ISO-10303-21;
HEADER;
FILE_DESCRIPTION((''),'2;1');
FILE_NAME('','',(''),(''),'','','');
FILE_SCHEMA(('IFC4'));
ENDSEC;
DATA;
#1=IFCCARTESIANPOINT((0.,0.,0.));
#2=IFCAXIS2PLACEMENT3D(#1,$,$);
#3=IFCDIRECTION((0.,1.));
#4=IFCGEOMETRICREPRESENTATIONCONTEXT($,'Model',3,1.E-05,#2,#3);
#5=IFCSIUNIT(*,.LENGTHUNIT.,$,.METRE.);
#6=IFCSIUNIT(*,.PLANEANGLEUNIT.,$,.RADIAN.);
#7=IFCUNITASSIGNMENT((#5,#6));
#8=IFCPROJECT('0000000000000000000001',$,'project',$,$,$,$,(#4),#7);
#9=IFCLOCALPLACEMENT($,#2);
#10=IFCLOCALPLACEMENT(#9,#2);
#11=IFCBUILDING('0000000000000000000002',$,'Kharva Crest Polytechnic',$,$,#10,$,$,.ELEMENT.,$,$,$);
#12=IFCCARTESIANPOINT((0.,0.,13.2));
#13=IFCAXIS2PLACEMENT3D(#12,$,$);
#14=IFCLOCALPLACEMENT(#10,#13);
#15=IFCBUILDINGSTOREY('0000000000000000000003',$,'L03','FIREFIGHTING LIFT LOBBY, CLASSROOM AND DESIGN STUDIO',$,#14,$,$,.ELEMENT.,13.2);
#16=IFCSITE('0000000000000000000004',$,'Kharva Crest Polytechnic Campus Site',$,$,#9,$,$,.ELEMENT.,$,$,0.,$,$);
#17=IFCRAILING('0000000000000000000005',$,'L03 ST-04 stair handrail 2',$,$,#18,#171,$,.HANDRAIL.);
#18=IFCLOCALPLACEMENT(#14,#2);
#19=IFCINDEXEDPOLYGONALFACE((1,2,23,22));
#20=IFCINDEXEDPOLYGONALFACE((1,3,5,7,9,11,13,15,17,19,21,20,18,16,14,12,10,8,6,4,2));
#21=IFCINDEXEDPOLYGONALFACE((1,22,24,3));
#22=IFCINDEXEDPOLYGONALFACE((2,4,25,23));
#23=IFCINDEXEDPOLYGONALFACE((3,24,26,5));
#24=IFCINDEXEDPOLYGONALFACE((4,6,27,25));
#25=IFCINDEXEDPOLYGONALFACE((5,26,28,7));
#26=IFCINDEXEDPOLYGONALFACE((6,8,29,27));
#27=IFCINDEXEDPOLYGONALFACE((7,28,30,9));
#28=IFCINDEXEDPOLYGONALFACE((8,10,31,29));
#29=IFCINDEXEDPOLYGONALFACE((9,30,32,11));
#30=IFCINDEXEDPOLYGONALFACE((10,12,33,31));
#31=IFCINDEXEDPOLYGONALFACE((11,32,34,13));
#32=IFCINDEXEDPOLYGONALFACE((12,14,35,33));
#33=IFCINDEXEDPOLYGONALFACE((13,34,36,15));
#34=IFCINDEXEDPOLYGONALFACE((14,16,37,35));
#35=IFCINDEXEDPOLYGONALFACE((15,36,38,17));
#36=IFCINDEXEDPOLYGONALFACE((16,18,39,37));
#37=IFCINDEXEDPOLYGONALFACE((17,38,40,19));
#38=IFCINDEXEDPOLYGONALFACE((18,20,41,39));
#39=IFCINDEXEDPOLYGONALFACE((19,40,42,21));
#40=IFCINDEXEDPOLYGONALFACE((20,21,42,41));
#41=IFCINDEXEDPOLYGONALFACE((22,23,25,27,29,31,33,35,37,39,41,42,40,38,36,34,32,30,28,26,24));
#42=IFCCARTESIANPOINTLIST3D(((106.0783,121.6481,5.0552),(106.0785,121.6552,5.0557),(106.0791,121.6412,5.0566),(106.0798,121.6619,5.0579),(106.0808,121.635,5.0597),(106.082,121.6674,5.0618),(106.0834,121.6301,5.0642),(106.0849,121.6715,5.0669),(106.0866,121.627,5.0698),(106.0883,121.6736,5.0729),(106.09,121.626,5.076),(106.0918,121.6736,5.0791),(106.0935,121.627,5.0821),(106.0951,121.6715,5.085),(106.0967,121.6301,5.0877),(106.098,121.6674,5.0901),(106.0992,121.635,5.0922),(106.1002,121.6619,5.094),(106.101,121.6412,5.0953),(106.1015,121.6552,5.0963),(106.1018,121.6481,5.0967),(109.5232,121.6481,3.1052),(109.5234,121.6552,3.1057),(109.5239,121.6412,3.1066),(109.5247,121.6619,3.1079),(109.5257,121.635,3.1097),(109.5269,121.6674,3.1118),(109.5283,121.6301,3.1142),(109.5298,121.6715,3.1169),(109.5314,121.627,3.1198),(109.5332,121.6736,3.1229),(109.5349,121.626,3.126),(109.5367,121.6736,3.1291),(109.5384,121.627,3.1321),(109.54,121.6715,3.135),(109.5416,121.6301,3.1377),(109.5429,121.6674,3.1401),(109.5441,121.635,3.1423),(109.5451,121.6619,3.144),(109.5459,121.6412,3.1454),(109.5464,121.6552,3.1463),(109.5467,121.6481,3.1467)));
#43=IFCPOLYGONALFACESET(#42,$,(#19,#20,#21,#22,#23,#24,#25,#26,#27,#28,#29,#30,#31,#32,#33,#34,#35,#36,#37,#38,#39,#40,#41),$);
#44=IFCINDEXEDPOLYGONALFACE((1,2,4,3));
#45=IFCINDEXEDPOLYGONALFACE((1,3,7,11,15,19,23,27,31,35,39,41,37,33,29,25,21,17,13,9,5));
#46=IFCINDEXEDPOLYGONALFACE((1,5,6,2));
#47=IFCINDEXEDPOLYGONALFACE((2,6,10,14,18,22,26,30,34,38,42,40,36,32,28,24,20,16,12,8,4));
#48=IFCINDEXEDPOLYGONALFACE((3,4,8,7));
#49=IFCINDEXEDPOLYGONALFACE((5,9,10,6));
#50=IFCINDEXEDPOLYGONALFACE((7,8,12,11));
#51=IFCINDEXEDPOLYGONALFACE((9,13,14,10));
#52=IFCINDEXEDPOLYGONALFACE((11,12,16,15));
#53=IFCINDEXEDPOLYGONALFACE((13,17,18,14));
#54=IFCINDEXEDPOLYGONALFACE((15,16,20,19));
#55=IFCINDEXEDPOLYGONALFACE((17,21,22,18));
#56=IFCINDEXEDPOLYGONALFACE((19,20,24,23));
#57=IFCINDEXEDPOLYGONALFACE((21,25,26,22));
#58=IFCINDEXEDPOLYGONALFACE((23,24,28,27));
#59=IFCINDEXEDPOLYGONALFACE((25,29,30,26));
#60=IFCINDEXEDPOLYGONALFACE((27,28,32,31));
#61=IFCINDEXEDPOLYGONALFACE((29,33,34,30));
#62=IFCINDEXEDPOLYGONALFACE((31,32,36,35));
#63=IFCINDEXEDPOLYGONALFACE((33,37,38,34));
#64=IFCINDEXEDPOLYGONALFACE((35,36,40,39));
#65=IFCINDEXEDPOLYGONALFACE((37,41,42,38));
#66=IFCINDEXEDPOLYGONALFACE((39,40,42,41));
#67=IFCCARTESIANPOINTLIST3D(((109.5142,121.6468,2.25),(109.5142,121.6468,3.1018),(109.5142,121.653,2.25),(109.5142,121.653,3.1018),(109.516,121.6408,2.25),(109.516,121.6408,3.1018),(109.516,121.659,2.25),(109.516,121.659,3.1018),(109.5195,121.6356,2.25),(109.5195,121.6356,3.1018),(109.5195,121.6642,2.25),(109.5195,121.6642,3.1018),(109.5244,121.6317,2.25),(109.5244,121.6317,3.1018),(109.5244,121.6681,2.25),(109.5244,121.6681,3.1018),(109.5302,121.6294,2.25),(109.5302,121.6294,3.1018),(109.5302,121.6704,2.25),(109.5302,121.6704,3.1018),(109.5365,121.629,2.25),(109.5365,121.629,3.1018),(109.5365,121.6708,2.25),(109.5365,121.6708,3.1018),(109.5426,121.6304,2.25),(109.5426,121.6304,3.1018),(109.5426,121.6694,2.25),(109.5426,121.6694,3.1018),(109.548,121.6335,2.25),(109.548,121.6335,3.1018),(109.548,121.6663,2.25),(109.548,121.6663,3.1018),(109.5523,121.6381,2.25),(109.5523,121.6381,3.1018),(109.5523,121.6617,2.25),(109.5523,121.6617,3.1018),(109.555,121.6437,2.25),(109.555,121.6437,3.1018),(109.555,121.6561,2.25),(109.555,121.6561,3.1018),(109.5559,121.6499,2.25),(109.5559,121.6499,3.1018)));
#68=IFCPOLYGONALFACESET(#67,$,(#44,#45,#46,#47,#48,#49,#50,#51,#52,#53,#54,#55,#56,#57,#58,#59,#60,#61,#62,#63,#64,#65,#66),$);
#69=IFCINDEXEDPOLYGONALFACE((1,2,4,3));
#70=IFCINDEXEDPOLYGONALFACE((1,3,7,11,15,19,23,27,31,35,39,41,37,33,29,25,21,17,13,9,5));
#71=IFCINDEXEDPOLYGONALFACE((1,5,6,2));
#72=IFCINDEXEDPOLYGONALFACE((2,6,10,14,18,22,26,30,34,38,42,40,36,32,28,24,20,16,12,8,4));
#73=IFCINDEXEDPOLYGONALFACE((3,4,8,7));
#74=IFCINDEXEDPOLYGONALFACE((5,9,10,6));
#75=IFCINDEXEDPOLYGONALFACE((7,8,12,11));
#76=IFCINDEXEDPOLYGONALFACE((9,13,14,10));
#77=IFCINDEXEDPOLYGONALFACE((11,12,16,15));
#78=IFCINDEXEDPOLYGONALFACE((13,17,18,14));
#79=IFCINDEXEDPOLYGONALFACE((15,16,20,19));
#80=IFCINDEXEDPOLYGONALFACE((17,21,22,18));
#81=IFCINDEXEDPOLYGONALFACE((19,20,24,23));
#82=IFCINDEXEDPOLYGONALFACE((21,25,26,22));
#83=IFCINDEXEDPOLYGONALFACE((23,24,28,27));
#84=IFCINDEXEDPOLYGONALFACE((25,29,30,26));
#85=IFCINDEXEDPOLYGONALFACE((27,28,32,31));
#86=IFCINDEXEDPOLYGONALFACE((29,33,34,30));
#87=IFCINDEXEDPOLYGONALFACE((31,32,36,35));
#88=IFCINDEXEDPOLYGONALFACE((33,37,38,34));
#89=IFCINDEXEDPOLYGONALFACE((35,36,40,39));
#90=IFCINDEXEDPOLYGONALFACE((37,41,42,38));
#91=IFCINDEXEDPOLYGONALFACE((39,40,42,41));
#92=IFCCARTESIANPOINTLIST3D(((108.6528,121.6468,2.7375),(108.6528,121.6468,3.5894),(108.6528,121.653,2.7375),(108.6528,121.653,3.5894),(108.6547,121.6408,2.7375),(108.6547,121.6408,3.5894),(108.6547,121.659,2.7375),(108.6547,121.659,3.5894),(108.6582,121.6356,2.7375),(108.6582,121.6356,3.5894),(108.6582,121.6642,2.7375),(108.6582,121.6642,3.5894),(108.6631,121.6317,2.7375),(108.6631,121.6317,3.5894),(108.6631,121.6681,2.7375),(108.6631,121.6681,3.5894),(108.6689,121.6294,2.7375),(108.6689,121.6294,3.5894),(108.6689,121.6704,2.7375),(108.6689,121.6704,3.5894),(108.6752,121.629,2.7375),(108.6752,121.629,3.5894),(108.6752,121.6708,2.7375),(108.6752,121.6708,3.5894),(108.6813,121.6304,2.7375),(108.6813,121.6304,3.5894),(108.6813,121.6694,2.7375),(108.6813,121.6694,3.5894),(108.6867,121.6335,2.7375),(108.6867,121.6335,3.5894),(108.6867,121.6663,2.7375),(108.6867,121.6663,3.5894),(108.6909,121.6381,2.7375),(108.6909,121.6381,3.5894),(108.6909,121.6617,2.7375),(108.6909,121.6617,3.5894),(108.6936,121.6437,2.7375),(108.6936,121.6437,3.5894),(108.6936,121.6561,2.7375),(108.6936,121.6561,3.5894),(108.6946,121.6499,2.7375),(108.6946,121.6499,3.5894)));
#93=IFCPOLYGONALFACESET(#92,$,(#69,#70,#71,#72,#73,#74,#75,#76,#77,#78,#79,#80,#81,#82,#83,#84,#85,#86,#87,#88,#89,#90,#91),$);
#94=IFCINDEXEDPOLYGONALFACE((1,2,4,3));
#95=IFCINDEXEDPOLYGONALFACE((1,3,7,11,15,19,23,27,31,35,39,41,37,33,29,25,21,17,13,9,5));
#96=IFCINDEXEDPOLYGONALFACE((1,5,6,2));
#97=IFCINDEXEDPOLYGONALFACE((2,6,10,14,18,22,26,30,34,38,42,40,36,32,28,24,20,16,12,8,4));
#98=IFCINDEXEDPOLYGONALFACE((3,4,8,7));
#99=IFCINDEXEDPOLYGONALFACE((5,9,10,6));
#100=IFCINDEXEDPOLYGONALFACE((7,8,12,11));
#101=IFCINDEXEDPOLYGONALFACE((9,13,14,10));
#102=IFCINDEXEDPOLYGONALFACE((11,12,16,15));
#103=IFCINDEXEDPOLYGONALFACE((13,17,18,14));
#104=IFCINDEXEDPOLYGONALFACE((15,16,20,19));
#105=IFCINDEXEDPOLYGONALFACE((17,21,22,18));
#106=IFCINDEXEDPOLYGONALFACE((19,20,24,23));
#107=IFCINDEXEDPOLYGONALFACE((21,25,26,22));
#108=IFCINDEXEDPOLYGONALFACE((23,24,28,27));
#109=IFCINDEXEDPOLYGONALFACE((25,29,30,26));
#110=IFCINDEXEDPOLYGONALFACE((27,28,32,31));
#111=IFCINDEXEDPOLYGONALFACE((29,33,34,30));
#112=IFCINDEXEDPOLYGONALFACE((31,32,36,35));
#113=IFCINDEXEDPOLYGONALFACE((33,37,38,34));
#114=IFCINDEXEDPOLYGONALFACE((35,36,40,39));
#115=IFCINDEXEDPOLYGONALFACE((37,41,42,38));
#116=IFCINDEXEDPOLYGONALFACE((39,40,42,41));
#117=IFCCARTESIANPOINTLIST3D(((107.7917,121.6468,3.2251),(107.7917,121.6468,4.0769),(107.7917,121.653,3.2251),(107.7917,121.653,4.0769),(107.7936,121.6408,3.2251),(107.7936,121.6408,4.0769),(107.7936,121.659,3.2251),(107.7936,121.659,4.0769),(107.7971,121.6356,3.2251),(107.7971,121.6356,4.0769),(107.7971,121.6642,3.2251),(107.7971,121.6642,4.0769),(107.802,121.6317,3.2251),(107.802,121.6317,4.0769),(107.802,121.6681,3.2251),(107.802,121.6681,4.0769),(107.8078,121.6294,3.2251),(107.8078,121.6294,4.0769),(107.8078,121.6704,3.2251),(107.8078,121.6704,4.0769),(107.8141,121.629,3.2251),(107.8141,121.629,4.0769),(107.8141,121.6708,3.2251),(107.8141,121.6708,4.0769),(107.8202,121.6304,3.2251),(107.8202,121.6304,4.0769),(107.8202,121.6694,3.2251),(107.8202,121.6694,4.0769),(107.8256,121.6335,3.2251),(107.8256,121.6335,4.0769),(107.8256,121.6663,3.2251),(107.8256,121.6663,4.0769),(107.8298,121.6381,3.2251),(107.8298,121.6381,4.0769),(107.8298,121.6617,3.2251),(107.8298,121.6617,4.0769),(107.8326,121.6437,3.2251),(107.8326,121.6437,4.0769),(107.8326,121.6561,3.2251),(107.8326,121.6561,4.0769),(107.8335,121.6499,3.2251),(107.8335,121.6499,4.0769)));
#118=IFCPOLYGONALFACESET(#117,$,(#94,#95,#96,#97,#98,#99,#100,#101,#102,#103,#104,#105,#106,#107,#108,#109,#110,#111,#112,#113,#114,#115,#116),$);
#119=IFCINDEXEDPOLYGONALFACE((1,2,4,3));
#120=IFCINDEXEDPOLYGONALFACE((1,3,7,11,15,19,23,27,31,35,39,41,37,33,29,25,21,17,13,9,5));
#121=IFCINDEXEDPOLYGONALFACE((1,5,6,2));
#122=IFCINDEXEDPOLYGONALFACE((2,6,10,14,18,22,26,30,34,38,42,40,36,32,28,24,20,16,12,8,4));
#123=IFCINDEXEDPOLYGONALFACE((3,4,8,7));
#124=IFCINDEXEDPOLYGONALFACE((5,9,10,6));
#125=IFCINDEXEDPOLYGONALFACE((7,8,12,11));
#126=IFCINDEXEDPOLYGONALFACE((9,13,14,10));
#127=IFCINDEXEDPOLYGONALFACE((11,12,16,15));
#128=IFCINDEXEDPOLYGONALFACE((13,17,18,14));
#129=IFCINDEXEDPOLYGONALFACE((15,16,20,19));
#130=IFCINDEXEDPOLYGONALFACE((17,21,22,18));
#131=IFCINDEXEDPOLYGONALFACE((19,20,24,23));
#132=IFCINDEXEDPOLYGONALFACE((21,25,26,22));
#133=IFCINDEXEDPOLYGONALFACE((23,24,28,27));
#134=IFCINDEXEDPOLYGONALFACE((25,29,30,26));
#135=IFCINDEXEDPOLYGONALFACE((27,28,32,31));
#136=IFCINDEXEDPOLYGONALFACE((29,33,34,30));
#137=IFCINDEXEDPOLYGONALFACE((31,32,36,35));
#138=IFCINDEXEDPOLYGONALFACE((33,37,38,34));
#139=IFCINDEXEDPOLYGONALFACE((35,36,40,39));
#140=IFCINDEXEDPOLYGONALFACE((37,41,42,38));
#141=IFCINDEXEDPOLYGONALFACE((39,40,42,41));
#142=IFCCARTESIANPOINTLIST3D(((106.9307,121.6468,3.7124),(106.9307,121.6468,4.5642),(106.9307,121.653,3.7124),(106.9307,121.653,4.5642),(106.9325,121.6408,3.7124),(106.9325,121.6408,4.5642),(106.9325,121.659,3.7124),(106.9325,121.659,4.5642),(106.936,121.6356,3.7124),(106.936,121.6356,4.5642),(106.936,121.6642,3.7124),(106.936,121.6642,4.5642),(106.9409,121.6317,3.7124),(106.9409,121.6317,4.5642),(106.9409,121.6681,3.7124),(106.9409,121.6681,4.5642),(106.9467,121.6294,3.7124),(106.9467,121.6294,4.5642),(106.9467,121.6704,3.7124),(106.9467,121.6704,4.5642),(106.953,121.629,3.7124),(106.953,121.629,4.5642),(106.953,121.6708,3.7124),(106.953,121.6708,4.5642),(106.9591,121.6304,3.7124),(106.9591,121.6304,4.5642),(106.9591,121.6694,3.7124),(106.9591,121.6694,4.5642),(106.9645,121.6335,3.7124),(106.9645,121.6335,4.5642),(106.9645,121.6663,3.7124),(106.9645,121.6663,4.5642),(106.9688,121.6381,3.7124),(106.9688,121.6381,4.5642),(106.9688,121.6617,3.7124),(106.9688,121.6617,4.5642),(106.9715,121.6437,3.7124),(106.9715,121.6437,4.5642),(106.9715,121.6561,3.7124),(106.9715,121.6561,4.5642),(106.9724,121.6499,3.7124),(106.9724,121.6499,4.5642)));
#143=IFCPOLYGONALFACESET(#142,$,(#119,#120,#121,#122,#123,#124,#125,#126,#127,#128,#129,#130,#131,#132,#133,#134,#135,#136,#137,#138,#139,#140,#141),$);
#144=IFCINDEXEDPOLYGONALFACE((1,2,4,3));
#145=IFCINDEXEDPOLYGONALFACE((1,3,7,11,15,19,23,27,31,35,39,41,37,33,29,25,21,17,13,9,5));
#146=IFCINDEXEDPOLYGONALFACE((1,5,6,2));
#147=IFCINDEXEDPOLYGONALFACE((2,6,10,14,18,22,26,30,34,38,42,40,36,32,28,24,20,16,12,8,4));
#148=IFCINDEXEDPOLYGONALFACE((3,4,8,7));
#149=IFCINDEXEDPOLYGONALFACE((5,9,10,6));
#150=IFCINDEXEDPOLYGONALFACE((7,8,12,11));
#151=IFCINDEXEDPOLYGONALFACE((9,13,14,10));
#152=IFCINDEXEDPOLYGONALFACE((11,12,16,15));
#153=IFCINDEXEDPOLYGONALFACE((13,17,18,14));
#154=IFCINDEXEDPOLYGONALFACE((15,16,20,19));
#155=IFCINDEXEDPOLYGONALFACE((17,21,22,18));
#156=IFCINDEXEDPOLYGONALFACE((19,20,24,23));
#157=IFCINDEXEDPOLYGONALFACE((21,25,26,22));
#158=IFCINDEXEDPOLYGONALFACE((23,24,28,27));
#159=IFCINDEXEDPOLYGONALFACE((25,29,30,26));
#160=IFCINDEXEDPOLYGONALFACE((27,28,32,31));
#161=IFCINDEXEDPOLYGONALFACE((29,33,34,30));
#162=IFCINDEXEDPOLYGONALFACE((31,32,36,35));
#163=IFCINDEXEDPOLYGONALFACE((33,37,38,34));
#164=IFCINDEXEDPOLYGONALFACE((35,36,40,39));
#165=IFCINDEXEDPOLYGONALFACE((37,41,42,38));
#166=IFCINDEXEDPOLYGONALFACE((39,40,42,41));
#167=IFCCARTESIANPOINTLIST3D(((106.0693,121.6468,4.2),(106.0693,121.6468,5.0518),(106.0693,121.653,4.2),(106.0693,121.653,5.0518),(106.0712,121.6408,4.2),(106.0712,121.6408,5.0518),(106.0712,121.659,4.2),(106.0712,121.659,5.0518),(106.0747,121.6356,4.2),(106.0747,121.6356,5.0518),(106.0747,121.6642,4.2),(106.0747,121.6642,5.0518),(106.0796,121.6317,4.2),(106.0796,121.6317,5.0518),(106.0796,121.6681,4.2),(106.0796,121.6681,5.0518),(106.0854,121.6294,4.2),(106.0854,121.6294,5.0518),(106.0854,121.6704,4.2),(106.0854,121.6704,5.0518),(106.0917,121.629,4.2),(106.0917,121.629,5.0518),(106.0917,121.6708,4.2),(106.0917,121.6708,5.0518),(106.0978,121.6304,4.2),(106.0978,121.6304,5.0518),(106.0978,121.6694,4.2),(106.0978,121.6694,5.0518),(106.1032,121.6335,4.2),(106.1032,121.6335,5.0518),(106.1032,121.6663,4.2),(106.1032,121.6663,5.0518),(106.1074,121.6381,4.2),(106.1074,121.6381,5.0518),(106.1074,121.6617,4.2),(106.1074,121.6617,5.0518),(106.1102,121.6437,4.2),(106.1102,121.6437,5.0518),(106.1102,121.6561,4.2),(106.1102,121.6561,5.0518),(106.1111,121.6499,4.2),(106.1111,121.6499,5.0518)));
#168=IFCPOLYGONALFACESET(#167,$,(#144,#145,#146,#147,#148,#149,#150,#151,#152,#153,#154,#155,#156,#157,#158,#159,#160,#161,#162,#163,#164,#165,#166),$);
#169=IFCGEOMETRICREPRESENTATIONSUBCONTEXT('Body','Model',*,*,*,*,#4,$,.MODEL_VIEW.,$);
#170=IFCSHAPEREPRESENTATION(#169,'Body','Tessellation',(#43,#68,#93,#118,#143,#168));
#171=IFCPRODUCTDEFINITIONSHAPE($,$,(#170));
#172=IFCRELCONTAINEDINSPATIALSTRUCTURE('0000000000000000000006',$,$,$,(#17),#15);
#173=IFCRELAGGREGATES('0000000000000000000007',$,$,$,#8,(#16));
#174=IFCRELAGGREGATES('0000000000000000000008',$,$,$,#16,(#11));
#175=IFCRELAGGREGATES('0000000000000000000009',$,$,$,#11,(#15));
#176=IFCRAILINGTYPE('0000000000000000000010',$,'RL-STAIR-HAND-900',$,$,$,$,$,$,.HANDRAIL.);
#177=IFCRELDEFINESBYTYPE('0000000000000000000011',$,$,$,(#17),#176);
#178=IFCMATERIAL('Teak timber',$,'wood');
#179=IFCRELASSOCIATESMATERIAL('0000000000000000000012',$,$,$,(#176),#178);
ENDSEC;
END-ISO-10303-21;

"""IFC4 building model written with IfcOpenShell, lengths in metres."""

from ifc_helpers import new_model, si_unit, direction, frame, origin, origin_2d, place, context, subcontext, project, spatial, circle, extrude, material, type_object, element, save


model = new_model("IFC4")

# Units and contexts
model_context = context("Model", 3, precision=1e-05, world=origin(), true_north=direction((0.0, 1.0)))
body_context = subcontext(model_context, "Body", "Model", "MODEL_VIEW")
ifc_project = project(units=[si_unit("LENGTHUNIT", "METRE"), si_unit("PLANEANGLEUNIT", "RADIAN")], contexts=[model_context])

# Site, building, storey
site_placement = place(None, origin())
site = spatial("IfcSite", under=ifc_project, at=site_placement, Name="Kharva Crest Polytechnic Campus Site", CompositionType="ELEMENT", RefElevation=0.0)
building_placement = place(site_placement, origin())
building = spatial("IfcBuilding", under=site, at=building_placement, Name="Kharva Crest Polytechnic", CompositionType="ELEMENT")
storey_placement = place(building_placement, frame((0.0, 0.0, 13.2)))
storey = spatial("IfcBuildingStorey", under=building, at=storey_placement, Name="L03", Description="FIREFIGHTING LIFT LOBBY, CLASSROOM AND DESIGN STUDIO", CompositionType="ELEMENT", Elevation=13.2)

# Railing
ifc_material_1 = material(Name="Teak timber", Category="wood")
railing_type_1 = type_object("IfcRailingType", Name="RL-STAIR-HAND-900", PredefinedType="HANDRAIL", material=ifc_material_1)
railing_1_placement = place(storey_placement, frame((109.5349, 121.6499, 2.25)))
element("IfcRailing", 1, at=railing_1_placement, inside=storey, type_object=railing_type_1, Name="L03 ST-04 stair handrail 2", PredefinedType="HANDRAIL", context=body_context, shape_type="SweptSolid", body=[
    extrude(circle(Radius=0.0239, at=origin_2d()), frame((0.0, 0.0, 0.876), z_axis=(-0.870251, 0.0, 0.492608), x_axis=(0.0, -1.0, 0.0)), (0.0, 0.0, 1.0), 3.9585),
    extrude(circle(Radius=0.021, at=origin_2d()), origin(), (0.0, 0.0, 1.0), 0.8518),
    extrude(circle(Radius=0.021, at=origin_2d()), frame((-0.8613, 0.0, 0.4875)), (0.0, 0.0, 1.0), 0.8518),
    extrude(circle(Radius=0.021, at=origin_2d()), frame((-1.7224, 0.0, 0.9751)), (0.0, 0.0, 1.0), 0.8518),
    extrude(circle(Radius=0.021, at=origin_2d()), frame((-2.5835, 0.0, 1.4624)), (0.0, 0.0, 1.0), 0.8518),
    extrude(circle(Radius=0.021, at=origin_2d()), frame((-3.4448, 0.0, 1.95)), (0.0, 0.0, 1.0), 0.8518),
])

save(model, "model.ifc")
